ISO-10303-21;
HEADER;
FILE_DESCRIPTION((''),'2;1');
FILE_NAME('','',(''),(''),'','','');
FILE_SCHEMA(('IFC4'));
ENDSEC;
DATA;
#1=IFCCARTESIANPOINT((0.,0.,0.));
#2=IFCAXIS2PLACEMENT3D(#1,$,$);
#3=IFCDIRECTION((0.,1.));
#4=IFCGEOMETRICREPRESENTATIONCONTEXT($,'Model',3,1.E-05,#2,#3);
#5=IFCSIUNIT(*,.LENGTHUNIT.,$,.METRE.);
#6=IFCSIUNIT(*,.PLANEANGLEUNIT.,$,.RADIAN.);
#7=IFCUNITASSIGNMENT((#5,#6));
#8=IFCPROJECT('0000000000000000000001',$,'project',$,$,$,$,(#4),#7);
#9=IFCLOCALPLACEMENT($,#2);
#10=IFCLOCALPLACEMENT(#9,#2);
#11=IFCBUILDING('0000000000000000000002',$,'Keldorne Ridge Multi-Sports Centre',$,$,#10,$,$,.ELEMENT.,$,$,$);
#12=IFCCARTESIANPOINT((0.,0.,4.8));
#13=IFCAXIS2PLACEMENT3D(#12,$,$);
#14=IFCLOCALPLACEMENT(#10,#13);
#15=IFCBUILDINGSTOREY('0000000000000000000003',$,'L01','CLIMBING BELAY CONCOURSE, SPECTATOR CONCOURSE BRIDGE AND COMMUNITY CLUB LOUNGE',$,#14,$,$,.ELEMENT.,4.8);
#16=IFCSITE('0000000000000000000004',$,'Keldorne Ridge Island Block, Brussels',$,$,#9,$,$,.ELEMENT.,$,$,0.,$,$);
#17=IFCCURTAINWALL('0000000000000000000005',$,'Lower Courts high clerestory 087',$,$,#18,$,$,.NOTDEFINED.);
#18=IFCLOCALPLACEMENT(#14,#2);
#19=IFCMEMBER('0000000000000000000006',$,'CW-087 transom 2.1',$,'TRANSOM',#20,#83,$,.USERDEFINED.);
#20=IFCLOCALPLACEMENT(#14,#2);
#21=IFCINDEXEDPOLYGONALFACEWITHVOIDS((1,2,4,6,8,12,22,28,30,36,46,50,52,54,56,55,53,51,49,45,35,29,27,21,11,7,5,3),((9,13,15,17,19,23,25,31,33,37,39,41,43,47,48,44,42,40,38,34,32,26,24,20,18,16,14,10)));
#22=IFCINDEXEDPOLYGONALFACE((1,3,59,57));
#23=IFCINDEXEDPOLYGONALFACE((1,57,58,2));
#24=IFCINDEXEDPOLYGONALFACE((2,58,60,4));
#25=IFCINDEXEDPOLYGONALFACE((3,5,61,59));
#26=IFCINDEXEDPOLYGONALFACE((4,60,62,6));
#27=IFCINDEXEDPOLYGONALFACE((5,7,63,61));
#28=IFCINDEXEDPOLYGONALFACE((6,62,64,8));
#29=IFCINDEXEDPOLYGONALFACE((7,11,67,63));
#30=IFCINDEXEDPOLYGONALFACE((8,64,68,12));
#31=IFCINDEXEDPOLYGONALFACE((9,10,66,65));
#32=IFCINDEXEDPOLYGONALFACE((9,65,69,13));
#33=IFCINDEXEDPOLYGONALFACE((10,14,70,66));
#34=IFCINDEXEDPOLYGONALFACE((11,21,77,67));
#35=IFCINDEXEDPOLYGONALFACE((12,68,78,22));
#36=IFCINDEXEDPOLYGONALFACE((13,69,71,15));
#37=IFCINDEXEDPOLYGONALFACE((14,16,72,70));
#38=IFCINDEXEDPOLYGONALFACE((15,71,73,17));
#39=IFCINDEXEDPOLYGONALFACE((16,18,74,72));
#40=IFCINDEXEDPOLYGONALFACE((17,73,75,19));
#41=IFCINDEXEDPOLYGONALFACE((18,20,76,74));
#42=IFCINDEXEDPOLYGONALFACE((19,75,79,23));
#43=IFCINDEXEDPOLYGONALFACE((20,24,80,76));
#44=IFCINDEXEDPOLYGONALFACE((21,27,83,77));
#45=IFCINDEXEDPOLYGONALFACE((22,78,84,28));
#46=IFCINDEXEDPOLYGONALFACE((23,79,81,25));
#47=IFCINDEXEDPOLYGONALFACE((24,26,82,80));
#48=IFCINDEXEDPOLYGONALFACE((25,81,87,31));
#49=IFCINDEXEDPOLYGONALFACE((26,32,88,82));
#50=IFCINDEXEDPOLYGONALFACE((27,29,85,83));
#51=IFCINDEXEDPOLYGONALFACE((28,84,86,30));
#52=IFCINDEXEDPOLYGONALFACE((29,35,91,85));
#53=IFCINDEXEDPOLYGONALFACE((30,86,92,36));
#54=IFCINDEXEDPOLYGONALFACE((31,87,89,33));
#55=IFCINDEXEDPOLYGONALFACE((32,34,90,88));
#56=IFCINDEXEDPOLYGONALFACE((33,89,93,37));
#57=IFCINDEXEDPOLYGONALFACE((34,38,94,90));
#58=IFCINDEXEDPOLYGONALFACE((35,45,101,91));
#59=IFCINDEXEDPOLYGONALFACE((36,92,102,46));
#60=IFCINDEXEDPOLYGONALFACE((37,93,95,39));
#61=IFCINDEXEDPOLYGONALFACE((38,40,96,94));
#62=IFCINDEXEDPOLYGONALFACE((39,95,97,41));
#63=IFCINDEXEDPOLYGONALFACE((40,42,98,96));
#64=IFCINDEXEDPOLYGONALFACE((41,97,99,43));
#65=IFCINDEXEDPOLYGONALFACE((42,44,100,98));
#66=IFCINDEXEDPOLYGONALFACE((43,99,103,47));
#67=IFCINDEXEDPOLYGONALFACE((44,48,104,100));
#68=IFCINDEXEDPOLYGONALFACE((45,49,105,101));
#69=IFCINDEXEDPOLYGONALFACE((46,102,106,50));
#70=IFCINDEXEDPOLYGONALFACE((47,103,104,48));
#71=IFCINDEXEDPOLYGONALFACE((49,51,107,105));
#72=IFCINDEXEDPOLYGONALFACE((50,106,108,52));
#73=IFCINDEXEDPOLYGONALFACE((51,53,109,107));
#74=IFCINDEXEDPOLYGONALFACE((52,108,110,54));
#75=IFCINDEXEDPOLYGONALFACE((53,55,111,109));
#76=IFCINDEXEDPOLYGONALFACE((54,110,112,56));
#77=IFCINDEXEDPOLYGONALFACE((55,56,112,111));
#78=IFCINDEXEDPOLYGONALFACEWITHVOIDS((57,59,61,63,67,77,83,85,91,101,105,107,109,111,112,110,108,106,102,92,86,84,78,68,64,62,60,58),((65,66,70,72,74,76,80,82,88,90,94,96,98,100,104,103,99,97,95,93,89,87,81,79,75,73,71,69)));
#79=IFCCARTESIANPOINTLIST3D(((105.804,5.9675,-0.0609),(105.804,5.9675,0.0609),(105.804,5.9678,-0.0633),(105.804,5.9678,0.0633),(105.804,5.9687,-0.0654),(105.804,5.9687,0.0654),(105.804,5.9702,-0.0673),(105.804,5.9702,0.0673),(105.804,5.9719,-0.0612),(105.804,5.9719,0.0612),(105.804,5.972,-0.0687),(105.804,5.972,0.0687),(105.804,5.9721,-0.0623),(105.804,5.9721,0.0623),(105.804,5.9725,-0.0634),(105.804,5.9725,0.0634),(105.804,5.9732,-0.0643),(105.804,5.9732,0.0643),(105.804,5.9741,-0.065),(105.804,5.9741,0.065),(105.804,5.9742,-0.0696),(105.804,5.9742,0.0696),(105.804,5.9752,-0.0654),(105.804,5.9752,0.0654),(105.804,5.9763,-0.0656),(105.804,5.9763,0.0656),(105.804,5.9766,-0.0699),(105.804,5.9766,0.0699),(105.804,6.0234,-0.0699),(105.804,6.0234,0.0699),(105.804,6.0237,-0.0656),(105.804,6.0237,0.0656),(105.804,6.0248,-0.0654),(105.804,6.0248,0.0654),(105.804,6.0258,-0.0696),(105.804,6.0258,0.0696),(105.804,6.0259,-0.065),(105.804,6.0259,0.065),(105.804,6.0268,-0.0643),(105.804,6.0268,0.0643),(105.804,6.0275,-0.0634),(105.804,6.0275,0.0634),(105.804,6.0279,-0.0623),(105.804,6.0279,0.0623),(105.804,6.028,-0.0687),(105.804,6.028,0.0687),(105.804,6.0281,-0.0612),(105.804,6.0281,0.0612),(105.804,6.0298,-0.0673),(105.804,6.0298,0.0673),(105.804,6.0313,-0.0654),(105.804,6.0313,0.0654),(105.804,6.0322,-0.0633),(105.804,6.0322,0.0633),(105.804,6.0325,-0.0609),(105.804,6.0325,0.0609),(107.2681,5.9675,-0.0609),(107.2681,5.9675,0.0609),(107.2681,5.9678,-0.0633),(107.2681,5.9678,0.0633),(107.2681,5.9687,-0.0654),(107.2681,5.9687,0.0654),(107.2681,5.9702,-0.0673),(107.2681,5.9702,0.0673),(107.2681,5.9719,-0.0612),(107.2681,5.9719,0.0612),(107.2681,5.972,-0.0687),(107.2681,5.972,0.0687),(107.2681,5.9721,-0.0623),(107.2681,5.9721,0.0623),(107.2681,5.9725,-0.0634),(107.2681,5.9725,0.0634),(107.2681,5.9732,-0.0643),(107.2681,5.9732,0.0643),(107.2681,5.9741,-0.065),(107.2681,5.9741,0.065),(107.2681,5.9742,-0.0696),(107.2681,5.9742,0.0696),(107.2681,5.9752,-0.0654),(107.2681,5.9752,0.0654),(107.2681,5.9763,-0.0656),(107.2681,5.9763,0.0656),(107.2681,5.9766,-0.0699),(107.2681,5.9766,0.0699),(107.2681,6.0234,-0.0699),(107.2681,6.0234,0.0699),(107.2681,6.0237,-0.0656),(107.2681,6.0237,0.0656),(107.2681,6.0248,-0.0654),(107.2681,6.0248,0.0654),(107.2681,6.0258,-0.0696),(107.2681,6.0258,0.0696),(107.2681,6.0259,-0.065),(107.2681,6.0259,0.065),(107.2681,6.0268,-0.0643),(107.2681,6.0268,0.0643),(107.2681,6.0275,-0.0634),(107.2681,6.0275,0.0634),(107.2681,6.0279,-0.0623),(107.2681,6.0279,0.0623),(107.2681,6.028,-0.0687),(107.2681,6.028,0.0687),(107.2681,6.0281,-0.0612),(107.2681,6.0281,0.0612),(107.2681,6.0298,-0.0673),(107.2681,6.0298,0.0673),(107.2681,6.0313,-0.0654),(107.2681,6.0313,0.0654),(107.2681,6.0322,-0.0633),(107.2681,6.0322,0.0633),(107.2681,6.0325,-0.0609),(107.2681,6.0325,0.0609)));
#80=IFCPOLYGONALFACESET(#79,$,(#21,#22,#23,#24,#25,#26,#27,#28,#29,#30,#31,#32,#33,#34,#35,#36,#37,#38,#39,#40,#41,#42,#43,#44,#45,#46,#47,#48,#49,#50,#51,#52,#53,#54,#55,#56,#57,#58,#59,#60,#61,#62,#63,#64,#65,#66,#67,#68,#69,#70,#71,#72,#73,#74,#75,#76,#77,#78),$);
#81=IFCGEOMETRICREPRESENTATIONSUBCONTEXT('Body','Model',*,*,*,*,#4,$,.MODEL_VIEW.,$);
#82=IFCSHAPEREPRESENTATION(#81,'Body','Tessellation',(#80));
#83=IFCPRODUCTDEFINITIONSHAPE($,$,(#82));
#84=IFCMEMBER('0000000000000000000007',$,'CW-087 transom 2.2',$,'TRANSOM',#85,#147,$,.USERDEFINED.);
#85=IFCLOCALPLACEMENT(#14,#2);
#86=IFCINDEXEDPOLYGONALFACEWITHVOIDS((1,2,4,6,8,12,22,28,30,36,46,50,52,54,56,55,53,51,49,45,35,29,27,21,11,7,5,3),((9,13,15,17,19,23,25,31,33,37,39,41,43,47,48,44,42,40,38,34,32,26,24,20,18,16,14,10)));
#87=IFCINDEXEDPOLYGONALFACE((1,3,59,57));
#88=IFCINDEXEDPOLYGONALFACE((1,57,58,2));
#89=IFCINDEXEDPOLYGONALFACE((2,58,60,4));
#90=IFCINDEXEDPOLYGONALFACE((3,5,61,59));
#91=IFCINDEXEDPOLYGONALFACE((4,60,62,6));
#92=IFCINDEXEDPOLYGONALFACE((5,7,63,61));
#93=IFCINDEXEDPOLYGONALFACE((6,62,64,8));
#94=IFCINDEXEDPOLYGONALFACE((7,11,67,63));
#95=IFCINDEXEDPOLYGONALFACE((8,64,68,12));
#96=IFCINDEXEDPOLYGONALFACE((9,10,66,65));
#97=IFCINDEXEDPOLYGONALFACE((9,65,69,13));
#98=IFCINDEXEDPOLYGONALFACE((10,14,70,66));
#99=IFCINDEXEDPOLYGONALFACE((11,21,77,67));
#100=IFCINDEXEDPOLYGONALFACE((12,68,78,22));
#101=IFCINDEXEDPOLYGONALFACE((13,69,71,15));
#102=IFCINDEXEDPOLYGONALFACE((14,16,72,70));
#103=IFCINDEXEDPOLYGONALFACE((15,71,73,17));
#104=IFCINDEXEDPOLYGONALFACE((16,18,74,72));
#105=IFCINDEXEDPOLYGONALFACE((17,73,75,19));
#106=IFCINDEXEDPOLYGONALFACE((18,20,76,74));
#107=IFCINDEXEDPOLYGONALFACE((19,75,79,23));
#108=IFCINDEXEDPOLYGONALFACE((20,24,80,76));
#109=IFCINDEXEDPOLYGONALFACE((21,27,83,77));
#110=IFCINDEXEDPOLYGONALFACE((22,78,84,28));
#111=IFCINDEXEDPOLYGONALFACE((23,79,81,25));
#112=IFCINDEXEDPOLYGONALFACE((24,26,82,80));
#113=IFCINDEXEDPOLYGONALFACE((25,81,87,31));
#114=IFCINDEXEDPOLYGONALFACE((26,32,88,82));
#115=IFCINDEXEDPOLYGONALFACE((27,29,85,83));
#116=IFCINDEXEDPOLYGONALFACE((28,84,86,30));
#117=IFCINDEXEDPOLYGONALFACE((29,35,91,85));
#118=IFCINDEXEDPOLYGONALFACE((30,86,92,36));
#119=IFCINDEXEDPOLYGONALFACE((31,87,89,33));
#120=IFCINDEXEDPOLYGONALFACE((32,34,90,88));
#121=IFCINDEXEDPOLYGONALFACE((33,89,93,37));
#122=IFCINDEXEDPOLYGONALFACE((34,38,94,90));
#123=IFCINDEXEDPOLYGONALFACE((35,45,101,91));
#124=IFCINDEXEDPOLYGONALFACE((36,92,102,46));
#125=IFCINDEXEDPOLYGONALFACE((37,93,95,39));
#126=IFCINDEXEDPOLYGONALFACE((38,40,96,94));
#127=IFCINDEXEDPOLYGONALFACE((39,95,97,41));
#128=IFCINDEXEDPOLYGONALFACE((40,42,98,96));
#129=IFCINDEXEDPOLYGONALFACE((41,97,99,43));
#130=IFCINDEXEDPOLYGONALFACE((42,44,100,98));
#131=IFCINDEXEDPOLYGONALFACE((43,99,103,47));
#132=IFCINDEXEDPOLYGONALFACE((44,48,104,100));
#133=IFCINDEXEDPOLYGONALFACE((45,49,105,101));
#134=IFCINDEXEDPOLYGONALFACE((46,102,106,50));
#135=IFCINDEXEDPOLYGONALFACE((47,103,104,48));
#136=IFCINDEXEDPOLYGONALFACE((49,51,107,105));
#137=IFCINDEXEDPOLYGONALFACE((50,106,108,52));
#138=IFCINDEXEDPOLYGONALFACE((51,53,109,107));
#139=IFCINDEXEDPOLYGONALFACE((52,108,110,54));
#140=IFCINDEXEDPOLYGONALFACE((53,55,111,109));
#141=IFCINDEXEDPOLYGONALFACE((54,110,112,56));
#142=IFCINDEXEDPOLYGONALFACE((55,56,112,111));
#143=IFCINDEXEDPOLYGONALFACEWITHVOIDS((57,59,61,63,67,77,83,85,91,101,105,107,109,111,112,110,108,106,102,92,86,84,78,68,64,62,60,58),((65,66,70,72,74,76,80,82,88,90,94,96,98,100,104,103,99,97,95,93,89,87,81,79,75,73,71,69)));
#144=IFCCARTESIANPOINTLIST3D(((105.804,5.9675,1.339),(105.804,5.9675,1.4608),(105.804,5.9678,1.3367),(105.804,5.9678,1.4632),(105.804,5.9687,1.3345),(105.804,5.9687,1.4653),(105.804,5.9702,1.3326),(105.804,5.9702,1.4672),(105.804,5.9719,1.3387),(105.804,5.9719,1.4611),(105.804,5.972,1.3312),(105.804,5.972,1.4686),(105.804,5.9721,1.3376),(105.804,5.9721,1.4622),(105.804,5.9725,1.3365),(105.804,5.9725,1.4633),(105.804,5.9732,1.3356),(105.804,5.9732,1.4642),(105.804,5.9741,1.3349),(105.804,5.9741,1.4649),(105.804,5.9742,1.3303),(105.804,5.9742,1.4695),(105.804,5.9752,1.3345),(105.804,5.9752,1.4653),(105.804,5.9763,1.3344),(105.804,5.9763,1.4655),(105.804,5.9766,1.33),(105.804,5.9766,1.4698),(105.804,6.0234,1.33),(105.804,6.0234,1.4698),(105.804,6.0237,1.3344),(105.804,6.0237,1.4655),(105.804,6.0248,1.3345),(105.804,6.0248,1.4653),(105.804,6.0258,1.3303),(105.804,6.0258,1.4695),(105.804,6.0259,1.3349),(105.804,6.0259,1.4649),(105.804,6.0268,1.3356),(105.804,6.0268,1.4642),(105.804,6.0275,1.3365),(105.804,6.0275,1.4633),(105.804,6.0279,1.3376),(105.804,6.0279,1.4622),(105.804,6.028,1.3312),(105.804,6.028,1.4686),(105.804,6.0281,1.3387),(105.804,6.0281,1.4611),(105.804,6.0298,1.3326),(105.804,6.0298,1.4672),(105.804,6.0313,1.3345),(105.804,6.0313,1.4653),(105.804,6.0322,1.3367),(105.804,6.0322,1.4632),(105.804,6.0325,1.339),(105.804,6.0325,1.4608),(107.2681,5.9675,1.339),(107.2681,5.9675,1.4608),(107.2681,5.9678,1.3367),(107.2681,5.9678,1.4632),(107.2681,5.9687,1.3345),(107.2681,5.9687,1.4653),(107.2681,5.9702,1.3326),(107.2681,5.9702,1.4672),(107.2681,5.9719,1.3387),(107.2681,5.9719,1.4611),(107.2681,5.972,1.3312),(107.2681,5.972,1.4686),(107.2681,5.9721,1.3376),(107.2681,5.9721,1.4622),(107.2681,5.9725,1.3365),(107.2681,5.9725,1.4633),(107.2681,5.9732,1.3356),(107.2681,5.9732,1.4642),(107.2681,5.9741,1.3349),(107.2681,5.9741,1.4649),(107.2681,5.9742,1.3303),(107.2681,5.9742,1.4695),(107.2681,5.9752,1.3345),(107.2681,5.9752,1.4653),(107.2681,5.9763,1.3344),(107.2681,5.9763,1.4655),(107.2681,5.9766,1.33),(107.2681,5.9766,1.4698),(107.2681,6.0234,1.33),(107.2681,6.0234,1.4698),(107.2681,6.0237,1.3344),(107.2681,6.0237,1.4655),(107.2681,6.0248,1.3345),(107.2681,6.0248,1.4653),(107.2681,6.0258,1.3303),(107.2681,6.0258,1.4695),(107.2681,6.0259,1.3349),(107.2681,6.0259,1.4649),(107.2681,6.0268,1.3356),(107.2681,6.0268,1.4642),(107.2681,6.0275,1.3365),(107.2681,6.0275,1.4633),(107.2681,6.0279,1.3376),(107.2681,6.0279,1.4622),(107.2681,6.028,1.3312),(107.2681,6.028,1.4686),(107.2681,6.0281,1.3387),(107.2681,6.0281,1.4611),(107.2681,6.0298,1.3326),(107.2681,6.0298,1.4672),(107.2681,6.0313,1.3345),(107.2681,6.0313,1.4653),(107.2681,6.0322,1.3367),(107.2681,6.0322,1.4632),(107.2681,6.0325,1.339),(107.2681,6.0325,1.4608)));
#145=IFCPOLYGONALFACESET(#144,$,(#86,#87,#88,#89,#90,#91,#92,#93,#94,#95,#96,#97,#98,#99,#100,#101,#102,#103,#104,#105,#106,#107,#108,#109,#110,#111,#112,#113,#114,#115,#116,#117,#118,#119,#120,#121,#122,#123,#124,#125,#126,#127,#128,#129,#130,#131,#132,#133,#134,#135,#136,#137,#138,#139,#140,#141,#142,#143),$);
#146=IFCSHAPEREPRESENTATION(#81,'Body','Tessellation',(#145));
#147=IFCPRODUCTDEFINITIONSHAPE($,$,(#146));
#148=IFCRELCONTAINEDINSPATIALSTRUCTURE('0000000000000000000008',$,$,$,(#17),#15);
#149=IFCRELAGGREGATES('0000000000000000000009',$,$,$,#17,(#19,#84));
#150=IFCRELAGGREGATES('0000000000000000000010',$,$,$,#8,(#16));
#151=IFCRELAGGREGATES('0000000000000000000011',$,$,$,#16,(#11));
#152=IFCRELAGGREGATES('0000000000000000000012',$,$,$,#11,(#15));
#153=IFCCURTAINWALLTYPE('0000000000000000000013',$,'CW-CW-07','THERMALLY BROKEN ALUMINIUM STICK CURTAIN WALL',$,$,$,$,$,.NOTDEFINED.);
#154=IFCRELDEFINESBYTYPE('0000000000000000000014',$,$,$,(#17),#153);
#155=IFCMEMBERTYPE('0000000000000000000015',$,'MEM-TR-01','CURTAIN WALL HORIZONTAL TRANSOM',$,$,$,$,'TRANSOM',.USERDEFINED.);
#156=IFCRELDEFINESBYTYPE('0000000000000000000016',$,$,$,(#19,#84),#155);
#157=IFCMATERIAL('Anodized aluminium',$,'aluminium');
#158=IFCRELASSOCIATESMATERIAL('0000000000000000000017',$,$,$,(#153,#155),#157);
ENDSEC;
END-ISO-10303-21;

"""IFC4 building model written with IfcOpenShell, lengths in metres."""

from ifc_helpers import new_model, si_unit, direction, frame, origin, origin_2d, place, context, subcontext, project, spatial, hollow_rectangle, extrude, material, material_profile, profile_set, type_object, element, aggregate, save


model = new_model("IFC4")

# Units and contexts
model_context = context("Model", 3, precision=1e-05, world=origin(), true_north=direction((0.0, 1.0)))
body_context = subcontext(model_context, "Body", "Model", "MODEL_VIEW")
ifc_project = project(units=[si_unit("LENGTHUNIT", "METRE"), si_unit("PLANEANGLEUNIT", "RADIAN")], contexts=[model_context])

# Site, building, storey
site_placement = place(None, origin())
site = spatial("IfcSite", under=ifc_project, at=site_placement, Name="Keldorne Ridge Island Block, Brussels", CompositionType="ELEMENT", RefElevation=0.0)
building_placement = place(site_placement, origin())
building = spatial("IfcBuilding", under=site, at=building_placement, Name="Keldorne Ridge Multi-Sports Centre", CompositionType="ELEMENT")
storey_placement = place(building_placement, frame((0.0, 0.0, 4.8)))
storey = spatial("IfcBuildingStorey", under=building, at=storey_placement, Name="L01", Description="CLIMBING BELAY CONCOURSE, SPECTATOR CONCOURSE BRIDGE AND COMMUNITY CLUB LOUNGE", CompositionType="ELEMENT", Elevation=4.8)

# Curtain wall, members
ifc_material_1 = material(Name="Anodized aluminium", Category="aluminium")
curtain_wall_type = type_object("IfcCurtainWallType", Name="CW-CW-07", Description="THERMALLY BROKEN ALUMINIUM STICK CURTAIN WALL", PredefinedType="NOTDEFINED", material=ifc_material_1)
curtain_wall_placement = place(storey_placement, origin())
curtain_wall = element("IfcCurtainWall", 1, at=curtain_wall_placement, inside=storey, type_object=curtain_wall_type, Name="Lower Courts high clerestory 087", PredefinedType="NOTDEFINED")
ifc_material_profile_1 = material_profile(ifc_material_1, hollow_rectangle(XDim=0.0649, YDim=0.1399, WallThickness=0.0044, InnerFilletRadius=0.0044, OuterFilletRadius=0.009, at=origin_2d()), Name="ALU TRANSOM 140x65x4.5")
ifc_profile_set_1 = profile_set([ifc_material_profile_1], Name="Anodized aluminium")
member_type_1 = type_object("IfcMemberType", Name="MEM-TR-01", Description="CURTAIN WALL HORIZONTAL TRANSOM", ElementType="TRANSOM", PredefinedType="USERDEFINED", material=ifc_profile_set_1)
member_1_placement = place(storey_placement, frame((105.804, 6.0, 0.0), z_axis=(1.0, 0.0, 0.0), x_axis=(0.0, 1.0, 0.0)))
member_1 = element("IfcMember", 2, at=member_1_placement, type_object=member_type_1, Name="CW-087 transom 2.1", ObjectType="TRANSOM", PredefinedType="USERDEFINED", context=body_context, shape_type="SweptSolid", body=[
    extrude(hollow_rectangle(XDim=0.0649, YDim=0.1399, WallThickness=0.0044, InnerFilletRadius=0.0044, OuterFilletRadius=0.009, at=origin_2d()), origin(), (0.0, 0.0, 1.0), 1.4641),
])
member_2_placement = place(storey_placement, frame((105.804, 6.0, 1.3999), z_axis=(1.0, 0.0, 0.0), x_axis=(0.0, 1.0, 0.0)))
member_2 = element("IfcMember", 3, at=member_2_placement, type_object=member_type_1, Name="CW-087 transom 2.2", ObjectType="TRANSOM", PredefinedType="USERDEFINED", context=body_context, shape_type="SweptSolid", body=[
    extrude(hollow_rectangle(XDim=0.0649, YDim=0.1399, WallThickness=0.0044, InnerFilletRadius=0.0044, OuterFilletRadius=0.009, at=origin_2d()), origin(), (0.0, 0.0, 1.0), 1.4641),
])
aggregate(curtain_wall, [member_1, member_2])

save(model, "model.ifc")
